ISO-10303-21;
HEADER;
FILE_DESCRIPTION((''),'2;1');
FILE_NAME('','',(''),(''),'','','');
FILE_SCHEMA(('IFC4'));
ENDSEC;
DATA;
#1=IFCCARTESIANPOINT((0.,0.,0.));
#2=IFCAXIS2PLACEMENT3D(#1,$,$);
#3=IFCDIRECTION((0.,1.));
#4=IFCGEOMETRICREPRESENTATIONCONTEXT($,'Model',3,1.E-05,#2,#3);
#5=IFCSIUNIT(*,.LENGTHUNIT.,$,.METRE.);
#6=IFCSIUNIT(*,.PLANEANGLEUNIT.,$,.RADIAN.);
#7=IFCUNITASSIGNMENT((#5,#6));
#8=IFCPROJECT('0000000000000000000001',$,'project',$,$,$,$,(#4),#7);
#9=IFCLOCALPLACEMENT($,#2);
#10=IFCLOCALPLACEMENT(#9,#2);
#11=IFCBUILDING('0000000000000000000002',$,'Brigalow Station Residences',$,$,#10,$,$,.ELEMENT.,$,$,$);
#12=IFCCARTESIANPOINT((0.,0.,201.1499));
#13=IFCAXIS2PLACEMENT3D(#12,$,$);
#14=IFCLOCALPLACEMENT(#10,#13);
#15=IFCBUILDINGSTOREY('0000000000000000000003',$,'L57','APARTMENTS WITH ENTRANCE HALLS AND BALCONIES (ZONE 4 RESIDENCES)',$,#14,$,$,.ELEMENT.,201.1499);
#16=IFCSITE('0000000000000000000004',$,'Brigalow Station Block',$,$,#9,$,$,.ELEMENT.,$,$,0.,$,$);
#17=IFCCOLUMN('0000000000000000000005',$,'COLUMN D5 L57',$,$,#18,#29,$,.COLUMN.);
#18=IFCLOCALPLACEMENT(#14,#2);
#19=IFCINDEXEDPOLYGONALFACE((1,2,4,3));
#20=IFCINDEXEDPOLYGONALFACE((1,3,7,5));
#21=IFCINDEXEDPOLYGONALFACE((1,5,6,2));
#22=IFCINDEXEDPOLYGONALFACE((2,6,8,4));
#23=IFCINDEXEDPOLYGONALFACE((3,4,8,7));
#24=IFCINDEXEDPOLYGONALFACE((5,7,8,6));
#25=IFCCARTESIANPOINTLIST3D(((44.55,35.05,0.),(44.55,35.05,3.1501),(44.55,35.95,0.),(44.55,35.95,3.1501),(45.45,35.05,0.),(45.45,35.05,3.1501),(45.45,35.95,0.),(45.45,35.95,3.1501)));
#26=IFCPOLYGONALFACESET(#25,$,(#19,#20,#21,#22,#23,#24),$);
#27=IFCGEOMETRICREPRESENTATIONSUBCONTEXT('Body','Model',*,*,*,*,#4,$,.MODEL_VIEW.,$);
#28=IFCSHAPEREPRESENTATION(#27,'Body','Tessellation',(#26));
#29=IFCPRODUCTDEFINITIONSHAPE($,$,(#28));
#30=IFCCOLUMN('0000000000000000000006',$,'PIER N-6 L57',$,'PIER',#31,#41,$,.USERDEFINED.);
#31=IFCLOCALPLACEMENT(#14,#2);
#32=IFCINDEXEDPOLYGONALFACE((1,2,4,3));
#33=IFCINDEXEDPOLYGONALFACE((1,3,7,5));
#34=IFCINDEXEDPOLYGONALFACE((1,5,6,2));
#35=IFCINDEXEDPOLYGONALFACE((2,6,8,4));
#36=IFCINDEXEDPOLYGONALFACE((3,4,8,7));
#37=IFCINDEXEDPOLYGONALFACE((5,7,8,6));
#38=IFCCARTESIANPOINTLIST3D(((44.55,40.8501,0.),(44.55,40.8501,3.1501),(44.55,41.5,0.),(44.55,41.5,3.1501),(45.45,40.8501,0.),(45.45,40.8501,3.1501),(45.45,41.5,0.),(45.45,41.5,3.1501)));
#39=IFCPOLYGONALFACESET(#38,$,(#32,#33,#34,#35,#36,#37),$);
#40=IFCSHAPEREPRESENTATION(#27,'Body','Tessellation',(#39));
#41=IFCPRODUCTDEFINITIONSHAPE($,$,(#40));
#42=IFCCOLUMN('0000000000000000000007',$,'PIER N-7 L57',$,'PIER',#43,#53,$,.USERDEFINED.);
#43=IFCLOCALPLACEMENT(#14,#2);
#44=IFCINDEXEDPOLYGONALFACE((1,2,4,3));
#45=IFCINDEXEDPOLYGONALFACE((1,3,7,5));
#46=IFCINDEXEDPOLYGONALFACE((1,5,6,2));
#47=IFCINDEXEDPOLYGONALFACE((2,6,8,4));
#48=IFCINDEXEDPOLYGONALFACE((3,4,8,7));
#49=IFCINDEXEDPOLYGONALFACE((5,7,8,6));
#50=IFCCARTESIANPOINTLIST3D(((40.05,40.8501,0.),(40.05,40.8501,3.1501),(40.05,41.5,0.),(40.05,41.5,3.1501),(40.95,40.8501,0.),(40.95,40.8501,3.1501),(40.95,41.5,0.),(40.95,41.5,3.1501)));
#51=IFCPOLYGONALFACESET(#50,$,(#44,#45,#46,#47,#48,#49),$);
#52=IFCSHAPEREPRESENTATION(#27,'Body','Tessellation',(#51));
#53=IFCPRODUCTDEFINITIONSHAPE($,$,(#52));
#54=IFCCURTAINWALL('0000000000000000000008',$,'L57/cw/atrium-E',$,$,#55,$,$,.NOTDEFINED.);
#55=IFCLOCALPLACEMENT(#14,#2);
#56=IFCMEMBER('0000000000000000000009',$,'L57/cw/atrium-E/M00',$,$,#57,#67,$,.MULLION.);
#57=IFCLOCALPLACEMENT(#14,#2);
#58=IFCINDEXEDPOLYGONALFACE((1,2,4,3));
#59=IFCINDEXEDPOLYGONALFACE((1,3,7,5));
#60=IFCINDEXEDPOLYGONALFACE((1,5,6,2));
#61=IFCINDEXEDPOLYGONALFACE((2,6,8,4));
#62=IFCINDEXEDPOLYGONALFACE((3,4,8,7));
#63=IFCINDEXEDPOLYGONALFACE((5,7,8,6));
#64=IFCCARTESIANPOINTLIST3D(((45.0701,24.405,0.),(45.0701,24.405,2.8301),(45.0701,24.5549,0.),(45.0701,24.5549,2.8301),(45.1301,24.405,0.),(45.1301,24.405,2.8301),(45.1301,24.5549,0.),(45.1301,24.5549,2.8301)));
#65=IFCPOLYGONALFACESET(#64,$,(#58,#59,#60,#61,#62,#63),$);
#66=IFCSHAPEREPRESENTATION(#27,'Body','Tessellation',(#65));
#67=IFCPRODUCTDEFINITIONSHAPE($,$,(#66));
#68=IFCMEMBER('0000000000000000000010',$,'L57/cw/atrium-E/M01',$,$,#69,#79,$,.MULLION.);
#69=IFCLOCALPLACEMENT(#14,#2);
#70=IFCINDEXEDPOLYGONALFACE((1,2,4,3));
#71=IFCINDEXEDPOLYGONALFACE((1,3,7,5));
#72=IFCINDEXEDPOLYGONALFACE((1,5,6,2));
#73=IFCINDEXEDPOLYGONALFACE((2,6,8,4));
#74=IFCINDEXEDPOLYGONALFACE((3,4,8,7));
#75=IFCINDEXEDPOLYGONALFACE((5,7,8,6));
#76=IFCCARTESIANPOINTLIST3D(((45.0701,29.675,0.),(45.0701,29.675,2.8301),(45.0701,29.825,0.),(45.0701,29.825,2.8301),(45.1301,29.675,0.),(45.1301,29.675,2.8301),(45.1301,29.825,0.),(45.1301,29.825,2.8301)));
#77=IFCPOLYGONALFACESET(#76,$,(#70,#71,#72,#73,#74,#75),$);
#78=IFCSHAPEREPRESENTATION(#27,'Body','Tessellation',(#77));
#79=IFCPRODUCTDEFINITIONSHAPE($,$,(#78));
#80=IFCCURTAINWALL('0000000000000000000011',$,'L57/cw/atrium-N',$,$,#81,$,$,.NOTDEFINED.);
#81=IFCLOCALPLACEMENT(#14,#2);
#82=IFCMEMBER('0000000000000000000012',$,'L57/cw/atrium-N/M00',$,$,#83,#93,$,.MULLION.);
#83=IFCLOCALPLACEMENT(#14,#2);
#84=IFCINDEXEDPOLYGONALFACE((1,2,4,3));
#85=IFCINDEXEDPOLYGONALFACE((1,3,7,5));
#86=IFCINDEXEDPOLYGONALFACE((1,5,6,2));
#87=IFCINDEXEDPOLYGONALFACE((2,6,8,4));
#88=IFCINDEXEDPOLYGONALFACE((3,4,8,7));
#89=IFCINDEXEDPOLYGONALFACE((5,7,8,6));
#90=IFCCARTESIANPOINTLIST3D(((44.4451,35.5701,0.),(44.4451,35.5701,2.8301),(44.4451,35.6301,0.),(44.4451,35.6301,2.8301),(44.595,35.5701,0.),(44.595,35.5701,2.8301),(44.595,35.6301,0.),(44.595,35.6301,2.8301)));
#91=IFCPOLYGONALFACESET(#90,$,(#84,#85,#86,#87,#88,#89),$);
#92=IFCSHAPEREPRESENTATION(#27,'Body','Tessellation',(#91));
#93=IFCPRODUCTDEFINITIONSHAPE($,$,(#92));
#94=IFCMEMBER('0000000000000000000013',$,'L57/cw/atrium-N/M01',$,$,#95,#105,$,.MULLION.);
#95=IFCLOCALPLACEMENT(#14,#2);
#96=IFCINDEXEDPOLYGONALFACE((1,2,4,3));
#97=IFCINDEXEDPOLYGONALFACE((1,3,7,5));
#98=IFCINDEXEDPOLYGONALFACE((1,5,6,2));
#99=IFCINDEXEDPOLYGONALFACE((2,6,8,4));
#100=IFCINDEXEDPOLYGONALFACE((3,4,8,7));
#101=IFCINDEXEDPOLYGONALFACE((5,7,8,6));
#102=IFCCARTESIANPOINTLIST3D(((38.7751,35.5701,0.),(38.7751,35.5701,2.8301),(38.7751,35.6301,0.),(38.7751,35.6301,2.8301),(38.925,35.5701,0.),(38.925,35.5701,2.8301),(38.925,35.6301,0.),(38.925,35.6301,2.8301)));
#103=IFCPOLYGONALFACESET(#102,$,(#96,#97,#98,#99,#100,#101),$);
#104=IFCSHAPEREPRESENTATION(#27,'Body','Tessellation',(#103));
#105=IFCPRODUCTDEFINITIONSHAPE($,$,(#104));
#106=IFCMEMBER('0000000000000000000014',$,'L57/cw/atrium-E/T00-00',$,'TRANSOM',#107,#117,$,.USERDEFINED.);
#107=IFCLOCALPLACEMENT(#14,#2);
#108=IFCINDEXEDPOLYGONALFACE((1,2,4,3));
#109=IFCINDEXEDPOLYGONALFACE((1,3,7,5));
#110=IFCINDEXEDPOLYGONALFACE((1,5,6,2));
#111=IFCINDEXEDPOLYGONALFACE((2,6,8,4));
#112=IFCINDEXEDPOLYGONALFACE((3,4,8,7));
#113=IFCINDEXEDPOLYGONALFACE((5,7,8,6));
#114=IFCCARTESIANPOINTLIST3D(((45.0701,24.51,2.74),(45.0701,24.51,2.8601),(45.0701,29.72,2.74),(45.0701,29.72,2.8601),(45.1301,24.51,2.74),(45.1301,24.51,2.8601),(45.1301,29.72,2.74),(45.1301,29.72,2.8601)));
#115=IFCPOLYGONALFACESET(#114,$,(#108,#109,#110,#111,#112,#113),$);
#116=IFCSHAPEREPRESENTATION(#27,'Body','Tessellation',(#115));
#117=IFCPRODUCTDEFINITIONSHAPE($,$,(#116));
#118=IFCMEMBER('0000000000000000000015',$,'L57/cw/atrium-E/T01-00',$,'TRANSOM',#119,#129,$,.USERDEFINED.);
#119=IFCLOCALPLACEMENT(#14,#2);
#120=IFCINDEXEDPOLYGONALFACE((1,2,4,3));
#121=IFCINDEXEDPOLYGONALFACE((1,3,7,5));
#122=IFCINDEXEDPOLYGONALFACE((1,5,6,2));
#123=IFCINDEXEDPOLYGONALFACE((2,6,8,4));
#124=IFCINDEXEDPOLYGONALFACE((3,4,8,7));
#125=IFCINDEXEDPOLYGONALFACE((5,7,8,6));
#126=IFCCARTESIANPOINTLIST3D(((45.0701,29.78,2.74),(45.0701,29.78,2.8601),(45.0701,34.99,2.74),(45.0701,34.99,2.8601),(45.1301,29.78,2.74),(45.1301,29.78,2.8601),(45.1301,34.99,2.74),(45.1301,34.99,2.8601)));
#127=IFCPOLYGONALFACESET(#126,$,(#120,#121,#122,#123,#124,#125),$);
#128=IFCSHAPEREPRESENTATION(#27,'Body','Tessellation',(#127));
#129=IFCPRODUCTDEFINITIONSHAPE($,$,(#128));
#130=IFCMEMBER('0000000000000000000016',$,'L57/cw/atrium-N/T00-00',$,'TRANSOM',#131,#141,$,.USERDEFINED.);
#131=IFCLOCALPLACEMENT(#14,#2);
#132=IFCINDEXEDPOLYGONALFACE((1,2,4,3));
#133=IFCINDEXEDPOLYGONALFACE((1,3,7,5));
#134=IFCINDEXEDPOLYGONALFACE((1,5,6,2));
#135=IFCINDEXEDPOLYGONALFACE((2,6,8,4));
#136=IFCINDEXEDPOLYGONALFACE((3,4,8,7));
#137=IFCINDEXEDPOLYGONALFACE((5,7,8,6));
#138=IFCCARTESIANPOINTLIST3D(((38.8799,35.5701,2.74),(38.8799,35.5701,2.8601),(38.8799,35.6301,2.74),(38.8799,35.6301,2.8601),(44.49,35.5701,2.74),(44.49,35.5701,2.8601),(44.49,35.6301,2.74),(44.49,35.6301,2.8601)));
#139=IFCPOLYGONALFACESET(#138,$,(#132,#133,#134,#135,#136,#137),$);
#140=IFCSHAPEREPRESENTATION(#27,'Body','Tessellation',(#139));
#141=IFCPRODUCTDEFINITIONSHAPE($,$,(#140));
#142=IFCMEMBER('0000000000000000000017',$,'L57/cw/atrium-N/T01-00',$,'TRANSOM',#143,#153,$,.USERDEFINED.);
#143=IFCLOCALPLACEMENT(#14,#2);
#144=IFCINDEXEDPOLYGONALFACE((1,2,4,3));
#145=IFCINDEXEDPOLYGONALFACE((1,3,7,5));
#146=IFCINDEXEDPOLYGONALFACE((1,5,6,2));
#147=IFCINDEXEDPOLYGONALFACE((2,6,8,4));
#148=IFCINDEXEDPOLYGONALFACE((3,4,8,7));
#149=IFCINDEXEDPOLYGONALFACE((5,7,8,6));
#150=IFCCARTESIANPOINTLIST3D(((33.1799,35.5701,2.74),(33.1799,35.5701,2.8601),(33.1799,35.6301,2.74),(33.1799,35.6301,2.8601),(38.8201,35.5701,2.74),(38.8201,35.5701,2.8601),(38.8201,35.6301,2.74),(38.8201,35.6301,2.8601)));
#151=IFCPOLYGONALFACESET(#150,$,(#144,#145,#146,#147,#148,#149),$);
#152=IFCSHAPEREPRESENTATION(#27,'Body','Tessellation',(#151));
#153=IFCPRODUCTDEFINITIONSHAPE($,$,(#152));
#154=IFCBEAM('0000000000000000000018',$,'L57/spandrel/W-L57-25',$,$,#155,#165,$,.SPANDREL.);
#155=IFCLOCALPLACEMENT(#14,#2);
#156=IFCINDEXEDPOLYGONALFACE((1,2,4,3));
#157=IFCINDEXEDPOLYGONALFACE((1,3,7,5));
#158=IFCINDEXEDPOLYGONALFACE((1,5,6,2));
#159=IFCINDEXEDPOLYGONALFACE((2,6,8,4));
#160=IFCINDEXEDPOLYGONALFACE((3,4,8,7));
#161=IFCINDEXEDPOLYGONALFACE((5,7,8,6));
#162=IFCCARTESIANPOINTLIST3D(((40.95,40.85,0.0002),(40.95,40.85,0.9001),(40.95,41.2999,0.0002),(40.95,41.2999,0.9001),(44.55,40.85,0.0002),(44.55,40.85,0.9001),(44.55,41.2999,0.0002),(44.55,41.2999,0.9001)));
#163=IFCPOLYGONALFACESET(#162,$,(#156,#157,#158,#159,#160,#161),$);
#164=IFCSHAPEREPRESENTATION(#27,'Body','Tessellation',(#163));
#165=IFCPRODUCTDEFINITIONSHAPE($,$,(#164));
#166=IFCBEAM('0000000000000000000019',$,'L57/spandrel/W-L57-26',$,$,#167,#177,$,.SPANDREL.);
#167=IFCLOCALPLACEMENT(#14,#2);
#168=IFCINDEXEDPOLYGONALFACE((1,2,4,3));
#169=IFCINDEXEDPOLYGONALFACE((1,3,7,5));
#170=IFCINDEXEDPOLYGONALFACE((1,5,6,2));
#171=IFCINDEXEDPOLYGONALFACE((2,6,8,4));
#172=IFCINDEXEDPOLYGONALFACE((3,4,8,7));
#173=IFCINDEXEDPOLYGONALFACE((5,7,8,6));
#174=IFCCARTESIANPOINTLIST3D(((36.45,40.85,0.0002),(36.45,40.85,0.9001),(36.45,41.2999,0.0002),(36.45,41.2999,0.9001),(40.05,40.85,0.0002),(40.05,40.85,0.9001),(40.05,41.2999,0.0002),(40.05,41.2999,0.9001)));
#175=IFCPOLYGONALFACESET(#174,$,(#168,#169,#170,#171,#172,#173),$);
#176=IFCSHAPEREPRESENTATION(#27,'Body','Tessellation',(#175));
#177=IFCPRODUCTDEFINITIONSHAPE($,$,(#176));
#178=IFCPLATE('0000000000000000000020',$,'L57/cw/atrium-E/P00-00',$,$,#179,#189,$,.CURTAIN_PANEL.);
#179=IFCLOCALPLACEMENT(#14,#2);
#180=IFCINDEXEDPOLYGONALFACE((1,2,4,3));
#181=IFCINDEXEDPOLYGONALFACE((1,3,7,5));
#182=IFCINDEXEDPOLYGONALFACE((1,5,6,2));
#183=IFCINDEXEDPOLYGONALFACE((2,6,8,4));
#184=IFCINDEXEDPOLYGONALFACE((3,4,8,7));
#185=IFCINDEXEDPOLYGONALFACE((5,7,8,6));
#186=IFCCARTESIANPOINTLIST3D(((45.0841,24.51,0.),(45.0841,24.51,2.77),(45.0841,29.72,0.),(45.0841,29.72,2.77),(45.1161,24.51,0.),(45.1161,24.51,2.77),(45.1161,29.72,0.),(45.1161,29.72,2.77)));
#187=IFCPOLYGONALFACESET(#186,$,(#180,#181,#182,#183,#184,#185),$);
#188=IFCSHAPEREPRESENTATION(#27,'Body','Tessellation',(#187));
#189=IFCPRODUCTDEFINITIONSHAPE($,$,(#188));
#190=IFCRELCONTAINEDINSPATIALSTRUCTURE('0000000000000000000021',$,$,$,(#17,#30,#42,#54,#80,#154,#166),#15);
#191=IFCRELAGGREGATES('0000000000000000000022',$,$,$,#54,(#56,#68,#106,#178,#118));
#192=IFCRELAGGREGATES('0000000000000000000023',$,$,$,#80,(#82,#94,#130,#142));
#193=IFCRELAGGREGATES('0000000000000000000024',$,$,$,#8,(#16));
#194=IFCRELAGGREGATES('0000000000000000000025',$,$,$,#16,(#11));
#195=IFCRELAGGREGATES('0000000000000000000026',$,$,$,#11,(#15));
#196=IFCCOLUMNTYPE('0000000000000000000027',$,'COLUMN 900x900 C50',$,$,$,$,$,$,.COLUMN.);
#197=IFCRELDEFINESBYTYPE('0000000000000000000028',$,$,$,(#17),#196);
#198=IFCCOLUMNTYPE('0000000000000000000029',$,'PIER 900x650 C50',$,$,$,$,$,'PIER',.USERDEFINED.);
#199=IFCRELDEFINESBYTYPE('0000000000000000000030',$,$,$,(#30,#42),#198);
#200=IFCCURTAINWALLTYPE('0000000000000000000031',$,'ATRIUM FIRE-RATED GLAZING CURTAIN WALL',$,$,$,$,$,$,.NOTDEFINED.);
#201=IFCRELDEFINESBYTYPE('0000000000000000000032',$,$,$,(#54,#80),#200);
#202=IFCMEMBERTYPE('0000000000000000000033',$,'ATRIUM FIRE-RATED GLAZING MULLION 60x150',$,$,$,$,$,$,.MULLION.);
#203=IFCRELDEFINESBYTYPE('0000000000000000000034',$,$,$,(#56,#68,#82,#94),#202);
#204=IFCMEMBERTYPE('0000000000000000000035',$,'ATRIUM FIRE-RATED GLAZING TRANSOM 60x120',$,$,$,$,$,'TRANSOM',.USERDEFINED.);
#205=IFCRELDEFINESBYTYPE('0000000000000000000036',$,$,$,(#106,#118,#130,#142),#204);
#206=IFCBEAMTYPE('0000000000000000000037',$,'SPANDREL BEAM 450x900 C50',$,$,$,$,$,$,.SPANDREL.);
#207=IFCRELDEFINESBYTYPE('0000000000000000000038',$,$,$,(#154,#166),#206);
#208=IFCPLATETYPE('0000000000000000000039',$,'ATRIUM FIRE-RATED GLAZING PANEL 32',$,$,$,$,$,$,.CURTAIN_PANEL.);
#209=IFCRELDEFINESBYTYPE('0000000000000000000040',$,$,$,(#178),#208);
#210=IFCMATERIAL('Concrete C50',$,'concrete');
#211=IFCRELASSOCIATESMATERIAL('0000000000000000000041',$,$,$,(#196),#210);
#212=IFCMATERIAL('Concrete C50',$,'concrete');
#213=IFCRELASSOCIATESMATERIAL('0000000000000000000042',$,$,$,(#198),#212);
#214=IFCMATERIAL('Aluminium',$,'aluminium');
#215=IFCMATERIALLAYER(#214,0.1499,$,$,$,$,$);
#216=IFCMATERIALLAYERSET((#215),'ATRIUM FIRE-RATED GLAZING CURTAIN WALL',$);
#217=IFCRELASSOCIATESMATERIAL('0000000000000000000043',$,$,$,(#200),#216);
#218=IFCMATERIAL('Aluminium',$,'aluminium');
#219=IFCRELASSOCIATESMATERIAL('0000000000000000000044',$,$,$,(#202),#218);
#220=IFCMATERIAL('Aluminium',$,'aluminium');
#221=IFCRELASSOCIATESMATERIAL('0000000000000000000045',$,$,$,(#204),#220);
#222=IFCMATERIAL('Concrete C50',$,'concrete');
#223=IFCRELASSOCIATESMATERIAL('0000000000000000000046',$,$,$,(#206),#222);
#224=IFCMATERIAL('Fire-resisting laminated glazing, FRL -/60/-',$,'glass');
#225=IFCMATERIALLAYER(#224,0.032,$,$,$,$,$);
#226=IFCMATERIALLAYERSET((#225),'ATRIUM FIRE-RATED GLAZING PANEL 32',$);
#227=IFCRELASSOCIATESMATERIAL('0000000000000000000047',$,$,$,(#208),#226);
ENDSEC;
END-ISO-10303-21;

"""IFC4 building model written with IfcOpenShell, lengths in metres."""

from ifc_helpers import new_model, si_unit, direction, frame, origin, origin_2d, place, context, subcontext, project, spatial, rectangle, extrude, material, layer, layer_set, material_profile, profile_set, type_object, element, aggregate, save


model = new_model("IFC4")

# Units and contexts
model_context = context("Model", 3, precision=1e-05, world=origin(), true_north=direction((0.0, 1.0)))
body_context = subcontext(model_context, "Body", "Model", "MODEL_VIEW")
ifc_project = project(units=[si_unit("LENGTHUNIT", "METRE"), si_unit("PLANEANGLEUNIT", "RADIAN")], contexts=[model_context])

# Site, building, storey
site_placement = place(None, origin())
site = spatial("IfcSite", under=ifc_project, at=site_placement, Name="Brigalow Station Block", CompositionType="ELEMENT", RefElevation=0.0)
building_placement = place(site_placement, origin())
building = spatial("IfcBuilding", under=site, at=building_placement, Name="Brigalow Station Residences", CompositionType="ELEMENT")
storey_placement = place(building_placement, frame((0.0, 0.0, 201.1499)))
storey = spatial("IfcBuildingStorey", under=building, at=storey_placement, Name="L57", Description="APARTMENTS WITH ENTRANCE HALLS AND BALCONIES (ZONE 4 RESIDENCES)", CompositionType="ELEMENT", Elevation=201.1499)

# Columns
ifc_material_1 = material(Name="Concrete C50", Category="concrete")
ifc_material_profile_1 = material_profile(ifc_material_1, rectangle(XDim=0.8999, YDim=0.8999, at=origin_2d()), Name="RC900x900")
ifc_profile_set_1 = profile_set([ifc_material_profile_1], Name="Concrete C50")
column_type_1 = type_object("IfcColumnType", Name="COLUMN 900x900 C50", PredefinedType="COLUMN", material=ifc_profile_set_1)
column_placement = place(storey_placement, frame((45.0, 35.5, 0.0), z_axis=(0.0, 0.0, 1.0), x_axis=(1.0, 0.0, 0.0)))
element("IfcColumn", 1, at=column_placement, inside=storey, type_object=column_type_1, Name="COLUMN D5 L57", PredefinedType="COLUMN", context=body_context, shape_type="SweptSolid", body=[
    extrude(rectangle(XDim=0.8999, YDim=0.8999, at=origin_2d()), origin(), (0.0, 0.0, 1.0), 3.1501),
])
ifc_material_2 = material(Name="Concrete C50", Category="concrete")
ifc_material_profile_2 = material_profile(ifc_material_2, rectangle(XDim=0.8999, YDim=0.6499, at=origin_2d()), Name="RC900x650")
ifc_profile_set_2 = profile_set([ifc_material_profile_2], Name="Concrete C50")
column_type_2 = type_object("IfcColumnType", Name="PIER 900x650 C50", ElementType="PIER", PredefinedType="USERDEFINED", material=ifc_profile_set_2)
for number, where, z_axis, x_axis, name in (
    (2, (45.0, 41.175, 0.0), (0.0, 0.0, 1.0), (-1.0, 0.0, 0.0), "PIER N-6 L57"),
    (3, (40.5, 41.175, 0.0), (0.0, 0.0, 1.0), (-1.0, 0.0, 0.0), "PIER N-7 L57"),
):
    element("IfcColumn", number, at=place(storey_placement, frame(where, z_axis=z_axis, x_axis=x_axis)), inside=storey, type_object=column_type_2, Name=name, ObjectType="PIER", PredefinedType="USERDEFINED", context=body_context, shape_type="SweptSolid", body=[
        extrude(rectangle(XDim=0.8999, YDim=0.6499, at=origin_2d()), origin(), (0.0, 0.0, 1.0), 3.1501),
    ])

# Curtain walls, members
ifc_material_3 = material(Name="Aluminium", Category="aluminium")
ifc_layer_1 = layer(ifc_material_3, 0.1499)
ifc_layer_set_1 = layer_set([ifc_layer_1], Name="ATRIUM FIRE-RATED GLAZING CURTAIN WALL")
curtain_wall_type = type_object("IfcCurtainWallType", Name="ATRIUM FIRE-RATED GLAZING CURTAIN WALL", PredefinedType="NOTDEFINED", material=ifc_layer_set_1)
curtain_wall_1_placement = place(storey_placement, origin())
curtain_wall_1 = element("IfcCurtainWall", 4, at=curtain_wall_1_placement, inside=storey, type_object=curtain_wall_type, Name="L57/cw/atrium-E", PredefinedType="NOTDEFINED")
ifc_material_4 = material(Name="Aluminium", Category="aluminium")
ifc_material_profile_3 = material_profile(ifc_material_4, rectangle(XDim=0.0601, YDim=0.1499, at=origin_2d()), Name="ATRIUM FIRE-RATED GLAZING MULLION 60x150")
ifc_profile_set_3 = profile_set([ifc_material_profile_3], Name="Aluminium")
member_type_1 = type_object("IfcMemberType", Name="ATRIUM FIRE-RATED GLAZING MULLION 60x150", PredefinedType="MULLION", material=ifc_profile_set_3)
member_1_placement = place(storey_placement, frame((45.1001, 24.48, 0.0), z_axis=(0.0, 0.0, 1.0), x_axis=(-1.0, 0.0, 0.0)))
member_1 = element("IfcMember", 5, at=member_1_placement, type_object=member_type_1, Name="L57/cw/atrium-E/M00", PredefinedType="MULLION", context=body_context, shape_type="SweptSolid", body=[
    extrude(rectangle(XDim=0.0601, YDim=0.1499, at=origin_2d()), origin(), (0.0, 0.0, 1.0), 2.8301),
])
member_2_placement = place(storey_placement, frame((45.1001, 29.75, 0.0), z_axis=(0.0, 0.0, 1.0), x_axis=(-1.0, 0.0, 0.0)))
member_2 = element("IfcMember", 6, at=member_2_placement, type_object=member_type_1, Name="L57/cw/atrium-E/M01", PredefinedType="MULLION", context=body_context, shape_type="SweptSolid", body=[
    extrude(rectangle(XDim=0.0601, YDim=0.1499, at=origin_2d()), origin(), (0.0, 0.0, 1.0), 2.8301),
])
curtain_wall_2_placement = place(storey_placement, origin())
curtain_wall_2 = element("IfcCurtainWall", 7, at=curtain_wall_2_placement, inside=storey, type_object=curtain_wall_type, Name="L57/cw/atrium-N", PredefinedType="NOTDEFINED")
member_3_placement = place(storey_placement, frame((44.52, 35.6001, 0.0), z_axis=(0.0, 0.0, 1.0), x_axis=(0.0, -1.0, 0.0)))
member_3 = element("IfcMember", 8, at=member_3_placement, type_object=member_type_1, Name="L57/cw/atrium-N/M00", PredefinedType="MULLION", context=body_context, shape_type="SweptSolid", body=[
    extrude(rectangle(XDim=0.0601, YDim=0.1499, at=origin_2d()), origin(), (0.0, 0.0, 1.0), 2.8301),
])
member_4_placement = place(storey_placement, frame((38.8501, 35.6001, 0.0), z_axis=(0.0, 0.0, 1.0), x_axis=(0.0, -1.0, 0.0)))
member_4 = element("IfcMember", 9, at=member_4_placement, type_object=member_type_1, Name="L57/cw/atrium-N/M01", PredefinedType="MULLION", context=body_context, shape_type="SweptSolid", body=[
    extrude(rectangle(XDim=0.0601, YDim=0.1499, at=origin_2d()), origin(), (0.0, 0.0, 1.0), 2.8301),
])

# Members
ifc_material_5 = material(Name="Aluminium", Category="aluminium")
ifc_material_profile_4 = material_profile(ifc_material_5, rectangle(XDim=0.0601, YDim=0.1201, at=origin_2d()), Name="ATRIUM FIRE-RATED GLAZING TRANSOM 60x120")
ifc_profile_set_4 = profile_set([ifc_material_profile_4], Name="Aluminium")
member_type_2 = type_object("IfcMemberType", Name="ATRIUM FIRE-RATED GLAZING TRANSOM 60x120", ElementType="TRANSOM", PredefinedType="USERDEFINED", material=ifc_profile_set_4)
member_5_placement = place(storey_placement, frame((45.1001, 24.51, 2.8), z_axis=(0.0, 1.0, 0.0), x_axis=(-1.0, 0.0, 0.0)))
member_5 = element("IfcMember", 10, at=member_5_placement, type_object=member_type_2, Name="L57/cw/atrium-E/T00-00", ObjectType="TRANSOM", PredefinedType="USERDEFINED", context=body_context, shape_type="SweptSolid", body=[
    extrude(rectangle(XDim=0.0601, YDim=0.1201, at=origin_2d()), origin(), (0.0, 0.0, 1.0), 5.21),
])
member_6_placement = place(storey_placement, frame((45.1001, 29.78, 2.8), z_axis=(0.0, 1.0, 0.0), x_axis=(-1.0, 0.0, 0.0)))
member_6 = element("IfcMember", 11, at=member_6_placement, type_object=member_type_2, Name="L57/cw/atrium-E/T01-00", ObjectType="TRANSOM", PredefinedType="USERDEFINED", context=body_context, shape_type="SweptSolid", body=[
    extrude(rectangle(XDim=0.0601, YDim=0.1201, at=origin_2d()), origin(), (0.0, 0.0, 1.0), 5.21),
])
member_7_placement = place(storey_placement, frame((44.49, 35.6001, 2.8), z_axis=(-1.0, 0.0, 0.0), x_axis=(0.0, -1.0, 0.0)))
member_7 = element("IfcMember", 12, at=member_7_placement, type_object=member_type_2, Name="L57/cw/atrium-N/T00-00", ObjectType="TRANSOM", PredefinedType="USERDEFINED", context=body_context, shape_type="SweptSolid", body=[
    extrude(rectangle(XDim=0.0601, YDim=0.1201, at=origin_2d()), origin(), (0.0, 0.0, 1.0), 5.6101),
])
member_8_placement = place(storey_placement, frame((38.8201, 35.6001, 2.8), z_axis=(-1.0, 0.0, 0.0), x_axis=(0.0, -1.0, 0.0)))
member_8 = element("IfcMember", 13, at=member_8_placement, type_object=member_type_2, Name="L57/cw/atrium-N/T01-00", ObjectType="TRANSOM", PredefinedType="USERDEFINED", context=body_context, shape_type="SweptSolid", body=[
    extrude(rectangle(XDim=0.0601, YDim=0.1201, at=origin_2d()), origin(), (0.0, 0.0, 1.0), 5.6401),
])

# Beams
ifc_material_6 = material(Name="Concrete C50", Category="concrete")
ifc_material_profile_5 = material_profile(ifc_material_6, rectangle(XDim=0.45, YDim=0.8999, at=origin_2d()), Name="RC450x900")
ifc_profile_set_5 = profile_set([ifc_material_profile_5], Name="Concrete C50")
beam_type = type_object("IfcBeamType", Name="SPANDREL BEAM 450x900 C50", PredefinedType="SPANDREL", material=ifc_profile_set_5)
for number, where, z_axis, x_axis, name in (
    (14, (44.55, 41.075, 0.4502), (-1.0, 0.0, 0.0), (0.0, -1.0, 0.0), "L57/spandrel/W-L57-25"),
    (15, (40.05, 41.075, 0.4502), (-1.0, 0.0, 0.0), (0.0, -1.0, 0.0), "L57/spandrel/W-L57-26"),
):
    element("IfcBeam", number, at=place(storey_placement, frame(where, z_axis=z_axis, x_axis=x_axis)), inside=storey, type_object=beam_type, Name=name, PredefinedType="SPANDREL", context=body_context, shape_type="SweptSolid", body=[
        extrude(rectangle(XDim=0.45, YDim=0.8999, at=origin_2d()), origin(), (0.0, 0.0, 1.0), 3.6001),
    ])

# Plate
ifc_material_7 = material(Name="Fire-resisting laminated glazing, FRL -/60/-", Category="glass")
ifc_layer_2 = layer(ifc_material_7, 0.032)
ifc_layer_set_2 = layer_set([ifc_layer_2], Name="ATRIUM FIRE-RATED GLAZING PANEL 32")
plate_type = type_object("IfcPlateType", Name="ATRIUM FIRE-RATED GLAZING PANEL 32", PredefinedType="CURTAIN_PANEL", material=ifc_layer_set_2)
plate_1_placement = place(storey_placement, frame((45.1001, 27.115, 0.0), z_axis=(0.0, 0.0, 1.0), x_axis=(0.0, 1.0, 0.0)))
plate_1 = element("IfcPlate", 16, at=plate_1_placement, type_object=plate_type, Name="L57/cw/atrium-E/P00-00", PredefinedType="CURTAIN_PANEL", context=body_context, shape_type="SweptSolid", body=[
    extrude(rectangle(XDim=5.21, YDim=0.032, at=origin_2d()), origin(), (0.0, 0.0, 1.0), 2.77),
])
aggregate(curtain_wall_1, [member_1, member_2, member_5, plate_1, member_6])
aggregate(curtain_wall_2, [member_3, member_4, member_7, member_8])

save(model, "model.ifc")
